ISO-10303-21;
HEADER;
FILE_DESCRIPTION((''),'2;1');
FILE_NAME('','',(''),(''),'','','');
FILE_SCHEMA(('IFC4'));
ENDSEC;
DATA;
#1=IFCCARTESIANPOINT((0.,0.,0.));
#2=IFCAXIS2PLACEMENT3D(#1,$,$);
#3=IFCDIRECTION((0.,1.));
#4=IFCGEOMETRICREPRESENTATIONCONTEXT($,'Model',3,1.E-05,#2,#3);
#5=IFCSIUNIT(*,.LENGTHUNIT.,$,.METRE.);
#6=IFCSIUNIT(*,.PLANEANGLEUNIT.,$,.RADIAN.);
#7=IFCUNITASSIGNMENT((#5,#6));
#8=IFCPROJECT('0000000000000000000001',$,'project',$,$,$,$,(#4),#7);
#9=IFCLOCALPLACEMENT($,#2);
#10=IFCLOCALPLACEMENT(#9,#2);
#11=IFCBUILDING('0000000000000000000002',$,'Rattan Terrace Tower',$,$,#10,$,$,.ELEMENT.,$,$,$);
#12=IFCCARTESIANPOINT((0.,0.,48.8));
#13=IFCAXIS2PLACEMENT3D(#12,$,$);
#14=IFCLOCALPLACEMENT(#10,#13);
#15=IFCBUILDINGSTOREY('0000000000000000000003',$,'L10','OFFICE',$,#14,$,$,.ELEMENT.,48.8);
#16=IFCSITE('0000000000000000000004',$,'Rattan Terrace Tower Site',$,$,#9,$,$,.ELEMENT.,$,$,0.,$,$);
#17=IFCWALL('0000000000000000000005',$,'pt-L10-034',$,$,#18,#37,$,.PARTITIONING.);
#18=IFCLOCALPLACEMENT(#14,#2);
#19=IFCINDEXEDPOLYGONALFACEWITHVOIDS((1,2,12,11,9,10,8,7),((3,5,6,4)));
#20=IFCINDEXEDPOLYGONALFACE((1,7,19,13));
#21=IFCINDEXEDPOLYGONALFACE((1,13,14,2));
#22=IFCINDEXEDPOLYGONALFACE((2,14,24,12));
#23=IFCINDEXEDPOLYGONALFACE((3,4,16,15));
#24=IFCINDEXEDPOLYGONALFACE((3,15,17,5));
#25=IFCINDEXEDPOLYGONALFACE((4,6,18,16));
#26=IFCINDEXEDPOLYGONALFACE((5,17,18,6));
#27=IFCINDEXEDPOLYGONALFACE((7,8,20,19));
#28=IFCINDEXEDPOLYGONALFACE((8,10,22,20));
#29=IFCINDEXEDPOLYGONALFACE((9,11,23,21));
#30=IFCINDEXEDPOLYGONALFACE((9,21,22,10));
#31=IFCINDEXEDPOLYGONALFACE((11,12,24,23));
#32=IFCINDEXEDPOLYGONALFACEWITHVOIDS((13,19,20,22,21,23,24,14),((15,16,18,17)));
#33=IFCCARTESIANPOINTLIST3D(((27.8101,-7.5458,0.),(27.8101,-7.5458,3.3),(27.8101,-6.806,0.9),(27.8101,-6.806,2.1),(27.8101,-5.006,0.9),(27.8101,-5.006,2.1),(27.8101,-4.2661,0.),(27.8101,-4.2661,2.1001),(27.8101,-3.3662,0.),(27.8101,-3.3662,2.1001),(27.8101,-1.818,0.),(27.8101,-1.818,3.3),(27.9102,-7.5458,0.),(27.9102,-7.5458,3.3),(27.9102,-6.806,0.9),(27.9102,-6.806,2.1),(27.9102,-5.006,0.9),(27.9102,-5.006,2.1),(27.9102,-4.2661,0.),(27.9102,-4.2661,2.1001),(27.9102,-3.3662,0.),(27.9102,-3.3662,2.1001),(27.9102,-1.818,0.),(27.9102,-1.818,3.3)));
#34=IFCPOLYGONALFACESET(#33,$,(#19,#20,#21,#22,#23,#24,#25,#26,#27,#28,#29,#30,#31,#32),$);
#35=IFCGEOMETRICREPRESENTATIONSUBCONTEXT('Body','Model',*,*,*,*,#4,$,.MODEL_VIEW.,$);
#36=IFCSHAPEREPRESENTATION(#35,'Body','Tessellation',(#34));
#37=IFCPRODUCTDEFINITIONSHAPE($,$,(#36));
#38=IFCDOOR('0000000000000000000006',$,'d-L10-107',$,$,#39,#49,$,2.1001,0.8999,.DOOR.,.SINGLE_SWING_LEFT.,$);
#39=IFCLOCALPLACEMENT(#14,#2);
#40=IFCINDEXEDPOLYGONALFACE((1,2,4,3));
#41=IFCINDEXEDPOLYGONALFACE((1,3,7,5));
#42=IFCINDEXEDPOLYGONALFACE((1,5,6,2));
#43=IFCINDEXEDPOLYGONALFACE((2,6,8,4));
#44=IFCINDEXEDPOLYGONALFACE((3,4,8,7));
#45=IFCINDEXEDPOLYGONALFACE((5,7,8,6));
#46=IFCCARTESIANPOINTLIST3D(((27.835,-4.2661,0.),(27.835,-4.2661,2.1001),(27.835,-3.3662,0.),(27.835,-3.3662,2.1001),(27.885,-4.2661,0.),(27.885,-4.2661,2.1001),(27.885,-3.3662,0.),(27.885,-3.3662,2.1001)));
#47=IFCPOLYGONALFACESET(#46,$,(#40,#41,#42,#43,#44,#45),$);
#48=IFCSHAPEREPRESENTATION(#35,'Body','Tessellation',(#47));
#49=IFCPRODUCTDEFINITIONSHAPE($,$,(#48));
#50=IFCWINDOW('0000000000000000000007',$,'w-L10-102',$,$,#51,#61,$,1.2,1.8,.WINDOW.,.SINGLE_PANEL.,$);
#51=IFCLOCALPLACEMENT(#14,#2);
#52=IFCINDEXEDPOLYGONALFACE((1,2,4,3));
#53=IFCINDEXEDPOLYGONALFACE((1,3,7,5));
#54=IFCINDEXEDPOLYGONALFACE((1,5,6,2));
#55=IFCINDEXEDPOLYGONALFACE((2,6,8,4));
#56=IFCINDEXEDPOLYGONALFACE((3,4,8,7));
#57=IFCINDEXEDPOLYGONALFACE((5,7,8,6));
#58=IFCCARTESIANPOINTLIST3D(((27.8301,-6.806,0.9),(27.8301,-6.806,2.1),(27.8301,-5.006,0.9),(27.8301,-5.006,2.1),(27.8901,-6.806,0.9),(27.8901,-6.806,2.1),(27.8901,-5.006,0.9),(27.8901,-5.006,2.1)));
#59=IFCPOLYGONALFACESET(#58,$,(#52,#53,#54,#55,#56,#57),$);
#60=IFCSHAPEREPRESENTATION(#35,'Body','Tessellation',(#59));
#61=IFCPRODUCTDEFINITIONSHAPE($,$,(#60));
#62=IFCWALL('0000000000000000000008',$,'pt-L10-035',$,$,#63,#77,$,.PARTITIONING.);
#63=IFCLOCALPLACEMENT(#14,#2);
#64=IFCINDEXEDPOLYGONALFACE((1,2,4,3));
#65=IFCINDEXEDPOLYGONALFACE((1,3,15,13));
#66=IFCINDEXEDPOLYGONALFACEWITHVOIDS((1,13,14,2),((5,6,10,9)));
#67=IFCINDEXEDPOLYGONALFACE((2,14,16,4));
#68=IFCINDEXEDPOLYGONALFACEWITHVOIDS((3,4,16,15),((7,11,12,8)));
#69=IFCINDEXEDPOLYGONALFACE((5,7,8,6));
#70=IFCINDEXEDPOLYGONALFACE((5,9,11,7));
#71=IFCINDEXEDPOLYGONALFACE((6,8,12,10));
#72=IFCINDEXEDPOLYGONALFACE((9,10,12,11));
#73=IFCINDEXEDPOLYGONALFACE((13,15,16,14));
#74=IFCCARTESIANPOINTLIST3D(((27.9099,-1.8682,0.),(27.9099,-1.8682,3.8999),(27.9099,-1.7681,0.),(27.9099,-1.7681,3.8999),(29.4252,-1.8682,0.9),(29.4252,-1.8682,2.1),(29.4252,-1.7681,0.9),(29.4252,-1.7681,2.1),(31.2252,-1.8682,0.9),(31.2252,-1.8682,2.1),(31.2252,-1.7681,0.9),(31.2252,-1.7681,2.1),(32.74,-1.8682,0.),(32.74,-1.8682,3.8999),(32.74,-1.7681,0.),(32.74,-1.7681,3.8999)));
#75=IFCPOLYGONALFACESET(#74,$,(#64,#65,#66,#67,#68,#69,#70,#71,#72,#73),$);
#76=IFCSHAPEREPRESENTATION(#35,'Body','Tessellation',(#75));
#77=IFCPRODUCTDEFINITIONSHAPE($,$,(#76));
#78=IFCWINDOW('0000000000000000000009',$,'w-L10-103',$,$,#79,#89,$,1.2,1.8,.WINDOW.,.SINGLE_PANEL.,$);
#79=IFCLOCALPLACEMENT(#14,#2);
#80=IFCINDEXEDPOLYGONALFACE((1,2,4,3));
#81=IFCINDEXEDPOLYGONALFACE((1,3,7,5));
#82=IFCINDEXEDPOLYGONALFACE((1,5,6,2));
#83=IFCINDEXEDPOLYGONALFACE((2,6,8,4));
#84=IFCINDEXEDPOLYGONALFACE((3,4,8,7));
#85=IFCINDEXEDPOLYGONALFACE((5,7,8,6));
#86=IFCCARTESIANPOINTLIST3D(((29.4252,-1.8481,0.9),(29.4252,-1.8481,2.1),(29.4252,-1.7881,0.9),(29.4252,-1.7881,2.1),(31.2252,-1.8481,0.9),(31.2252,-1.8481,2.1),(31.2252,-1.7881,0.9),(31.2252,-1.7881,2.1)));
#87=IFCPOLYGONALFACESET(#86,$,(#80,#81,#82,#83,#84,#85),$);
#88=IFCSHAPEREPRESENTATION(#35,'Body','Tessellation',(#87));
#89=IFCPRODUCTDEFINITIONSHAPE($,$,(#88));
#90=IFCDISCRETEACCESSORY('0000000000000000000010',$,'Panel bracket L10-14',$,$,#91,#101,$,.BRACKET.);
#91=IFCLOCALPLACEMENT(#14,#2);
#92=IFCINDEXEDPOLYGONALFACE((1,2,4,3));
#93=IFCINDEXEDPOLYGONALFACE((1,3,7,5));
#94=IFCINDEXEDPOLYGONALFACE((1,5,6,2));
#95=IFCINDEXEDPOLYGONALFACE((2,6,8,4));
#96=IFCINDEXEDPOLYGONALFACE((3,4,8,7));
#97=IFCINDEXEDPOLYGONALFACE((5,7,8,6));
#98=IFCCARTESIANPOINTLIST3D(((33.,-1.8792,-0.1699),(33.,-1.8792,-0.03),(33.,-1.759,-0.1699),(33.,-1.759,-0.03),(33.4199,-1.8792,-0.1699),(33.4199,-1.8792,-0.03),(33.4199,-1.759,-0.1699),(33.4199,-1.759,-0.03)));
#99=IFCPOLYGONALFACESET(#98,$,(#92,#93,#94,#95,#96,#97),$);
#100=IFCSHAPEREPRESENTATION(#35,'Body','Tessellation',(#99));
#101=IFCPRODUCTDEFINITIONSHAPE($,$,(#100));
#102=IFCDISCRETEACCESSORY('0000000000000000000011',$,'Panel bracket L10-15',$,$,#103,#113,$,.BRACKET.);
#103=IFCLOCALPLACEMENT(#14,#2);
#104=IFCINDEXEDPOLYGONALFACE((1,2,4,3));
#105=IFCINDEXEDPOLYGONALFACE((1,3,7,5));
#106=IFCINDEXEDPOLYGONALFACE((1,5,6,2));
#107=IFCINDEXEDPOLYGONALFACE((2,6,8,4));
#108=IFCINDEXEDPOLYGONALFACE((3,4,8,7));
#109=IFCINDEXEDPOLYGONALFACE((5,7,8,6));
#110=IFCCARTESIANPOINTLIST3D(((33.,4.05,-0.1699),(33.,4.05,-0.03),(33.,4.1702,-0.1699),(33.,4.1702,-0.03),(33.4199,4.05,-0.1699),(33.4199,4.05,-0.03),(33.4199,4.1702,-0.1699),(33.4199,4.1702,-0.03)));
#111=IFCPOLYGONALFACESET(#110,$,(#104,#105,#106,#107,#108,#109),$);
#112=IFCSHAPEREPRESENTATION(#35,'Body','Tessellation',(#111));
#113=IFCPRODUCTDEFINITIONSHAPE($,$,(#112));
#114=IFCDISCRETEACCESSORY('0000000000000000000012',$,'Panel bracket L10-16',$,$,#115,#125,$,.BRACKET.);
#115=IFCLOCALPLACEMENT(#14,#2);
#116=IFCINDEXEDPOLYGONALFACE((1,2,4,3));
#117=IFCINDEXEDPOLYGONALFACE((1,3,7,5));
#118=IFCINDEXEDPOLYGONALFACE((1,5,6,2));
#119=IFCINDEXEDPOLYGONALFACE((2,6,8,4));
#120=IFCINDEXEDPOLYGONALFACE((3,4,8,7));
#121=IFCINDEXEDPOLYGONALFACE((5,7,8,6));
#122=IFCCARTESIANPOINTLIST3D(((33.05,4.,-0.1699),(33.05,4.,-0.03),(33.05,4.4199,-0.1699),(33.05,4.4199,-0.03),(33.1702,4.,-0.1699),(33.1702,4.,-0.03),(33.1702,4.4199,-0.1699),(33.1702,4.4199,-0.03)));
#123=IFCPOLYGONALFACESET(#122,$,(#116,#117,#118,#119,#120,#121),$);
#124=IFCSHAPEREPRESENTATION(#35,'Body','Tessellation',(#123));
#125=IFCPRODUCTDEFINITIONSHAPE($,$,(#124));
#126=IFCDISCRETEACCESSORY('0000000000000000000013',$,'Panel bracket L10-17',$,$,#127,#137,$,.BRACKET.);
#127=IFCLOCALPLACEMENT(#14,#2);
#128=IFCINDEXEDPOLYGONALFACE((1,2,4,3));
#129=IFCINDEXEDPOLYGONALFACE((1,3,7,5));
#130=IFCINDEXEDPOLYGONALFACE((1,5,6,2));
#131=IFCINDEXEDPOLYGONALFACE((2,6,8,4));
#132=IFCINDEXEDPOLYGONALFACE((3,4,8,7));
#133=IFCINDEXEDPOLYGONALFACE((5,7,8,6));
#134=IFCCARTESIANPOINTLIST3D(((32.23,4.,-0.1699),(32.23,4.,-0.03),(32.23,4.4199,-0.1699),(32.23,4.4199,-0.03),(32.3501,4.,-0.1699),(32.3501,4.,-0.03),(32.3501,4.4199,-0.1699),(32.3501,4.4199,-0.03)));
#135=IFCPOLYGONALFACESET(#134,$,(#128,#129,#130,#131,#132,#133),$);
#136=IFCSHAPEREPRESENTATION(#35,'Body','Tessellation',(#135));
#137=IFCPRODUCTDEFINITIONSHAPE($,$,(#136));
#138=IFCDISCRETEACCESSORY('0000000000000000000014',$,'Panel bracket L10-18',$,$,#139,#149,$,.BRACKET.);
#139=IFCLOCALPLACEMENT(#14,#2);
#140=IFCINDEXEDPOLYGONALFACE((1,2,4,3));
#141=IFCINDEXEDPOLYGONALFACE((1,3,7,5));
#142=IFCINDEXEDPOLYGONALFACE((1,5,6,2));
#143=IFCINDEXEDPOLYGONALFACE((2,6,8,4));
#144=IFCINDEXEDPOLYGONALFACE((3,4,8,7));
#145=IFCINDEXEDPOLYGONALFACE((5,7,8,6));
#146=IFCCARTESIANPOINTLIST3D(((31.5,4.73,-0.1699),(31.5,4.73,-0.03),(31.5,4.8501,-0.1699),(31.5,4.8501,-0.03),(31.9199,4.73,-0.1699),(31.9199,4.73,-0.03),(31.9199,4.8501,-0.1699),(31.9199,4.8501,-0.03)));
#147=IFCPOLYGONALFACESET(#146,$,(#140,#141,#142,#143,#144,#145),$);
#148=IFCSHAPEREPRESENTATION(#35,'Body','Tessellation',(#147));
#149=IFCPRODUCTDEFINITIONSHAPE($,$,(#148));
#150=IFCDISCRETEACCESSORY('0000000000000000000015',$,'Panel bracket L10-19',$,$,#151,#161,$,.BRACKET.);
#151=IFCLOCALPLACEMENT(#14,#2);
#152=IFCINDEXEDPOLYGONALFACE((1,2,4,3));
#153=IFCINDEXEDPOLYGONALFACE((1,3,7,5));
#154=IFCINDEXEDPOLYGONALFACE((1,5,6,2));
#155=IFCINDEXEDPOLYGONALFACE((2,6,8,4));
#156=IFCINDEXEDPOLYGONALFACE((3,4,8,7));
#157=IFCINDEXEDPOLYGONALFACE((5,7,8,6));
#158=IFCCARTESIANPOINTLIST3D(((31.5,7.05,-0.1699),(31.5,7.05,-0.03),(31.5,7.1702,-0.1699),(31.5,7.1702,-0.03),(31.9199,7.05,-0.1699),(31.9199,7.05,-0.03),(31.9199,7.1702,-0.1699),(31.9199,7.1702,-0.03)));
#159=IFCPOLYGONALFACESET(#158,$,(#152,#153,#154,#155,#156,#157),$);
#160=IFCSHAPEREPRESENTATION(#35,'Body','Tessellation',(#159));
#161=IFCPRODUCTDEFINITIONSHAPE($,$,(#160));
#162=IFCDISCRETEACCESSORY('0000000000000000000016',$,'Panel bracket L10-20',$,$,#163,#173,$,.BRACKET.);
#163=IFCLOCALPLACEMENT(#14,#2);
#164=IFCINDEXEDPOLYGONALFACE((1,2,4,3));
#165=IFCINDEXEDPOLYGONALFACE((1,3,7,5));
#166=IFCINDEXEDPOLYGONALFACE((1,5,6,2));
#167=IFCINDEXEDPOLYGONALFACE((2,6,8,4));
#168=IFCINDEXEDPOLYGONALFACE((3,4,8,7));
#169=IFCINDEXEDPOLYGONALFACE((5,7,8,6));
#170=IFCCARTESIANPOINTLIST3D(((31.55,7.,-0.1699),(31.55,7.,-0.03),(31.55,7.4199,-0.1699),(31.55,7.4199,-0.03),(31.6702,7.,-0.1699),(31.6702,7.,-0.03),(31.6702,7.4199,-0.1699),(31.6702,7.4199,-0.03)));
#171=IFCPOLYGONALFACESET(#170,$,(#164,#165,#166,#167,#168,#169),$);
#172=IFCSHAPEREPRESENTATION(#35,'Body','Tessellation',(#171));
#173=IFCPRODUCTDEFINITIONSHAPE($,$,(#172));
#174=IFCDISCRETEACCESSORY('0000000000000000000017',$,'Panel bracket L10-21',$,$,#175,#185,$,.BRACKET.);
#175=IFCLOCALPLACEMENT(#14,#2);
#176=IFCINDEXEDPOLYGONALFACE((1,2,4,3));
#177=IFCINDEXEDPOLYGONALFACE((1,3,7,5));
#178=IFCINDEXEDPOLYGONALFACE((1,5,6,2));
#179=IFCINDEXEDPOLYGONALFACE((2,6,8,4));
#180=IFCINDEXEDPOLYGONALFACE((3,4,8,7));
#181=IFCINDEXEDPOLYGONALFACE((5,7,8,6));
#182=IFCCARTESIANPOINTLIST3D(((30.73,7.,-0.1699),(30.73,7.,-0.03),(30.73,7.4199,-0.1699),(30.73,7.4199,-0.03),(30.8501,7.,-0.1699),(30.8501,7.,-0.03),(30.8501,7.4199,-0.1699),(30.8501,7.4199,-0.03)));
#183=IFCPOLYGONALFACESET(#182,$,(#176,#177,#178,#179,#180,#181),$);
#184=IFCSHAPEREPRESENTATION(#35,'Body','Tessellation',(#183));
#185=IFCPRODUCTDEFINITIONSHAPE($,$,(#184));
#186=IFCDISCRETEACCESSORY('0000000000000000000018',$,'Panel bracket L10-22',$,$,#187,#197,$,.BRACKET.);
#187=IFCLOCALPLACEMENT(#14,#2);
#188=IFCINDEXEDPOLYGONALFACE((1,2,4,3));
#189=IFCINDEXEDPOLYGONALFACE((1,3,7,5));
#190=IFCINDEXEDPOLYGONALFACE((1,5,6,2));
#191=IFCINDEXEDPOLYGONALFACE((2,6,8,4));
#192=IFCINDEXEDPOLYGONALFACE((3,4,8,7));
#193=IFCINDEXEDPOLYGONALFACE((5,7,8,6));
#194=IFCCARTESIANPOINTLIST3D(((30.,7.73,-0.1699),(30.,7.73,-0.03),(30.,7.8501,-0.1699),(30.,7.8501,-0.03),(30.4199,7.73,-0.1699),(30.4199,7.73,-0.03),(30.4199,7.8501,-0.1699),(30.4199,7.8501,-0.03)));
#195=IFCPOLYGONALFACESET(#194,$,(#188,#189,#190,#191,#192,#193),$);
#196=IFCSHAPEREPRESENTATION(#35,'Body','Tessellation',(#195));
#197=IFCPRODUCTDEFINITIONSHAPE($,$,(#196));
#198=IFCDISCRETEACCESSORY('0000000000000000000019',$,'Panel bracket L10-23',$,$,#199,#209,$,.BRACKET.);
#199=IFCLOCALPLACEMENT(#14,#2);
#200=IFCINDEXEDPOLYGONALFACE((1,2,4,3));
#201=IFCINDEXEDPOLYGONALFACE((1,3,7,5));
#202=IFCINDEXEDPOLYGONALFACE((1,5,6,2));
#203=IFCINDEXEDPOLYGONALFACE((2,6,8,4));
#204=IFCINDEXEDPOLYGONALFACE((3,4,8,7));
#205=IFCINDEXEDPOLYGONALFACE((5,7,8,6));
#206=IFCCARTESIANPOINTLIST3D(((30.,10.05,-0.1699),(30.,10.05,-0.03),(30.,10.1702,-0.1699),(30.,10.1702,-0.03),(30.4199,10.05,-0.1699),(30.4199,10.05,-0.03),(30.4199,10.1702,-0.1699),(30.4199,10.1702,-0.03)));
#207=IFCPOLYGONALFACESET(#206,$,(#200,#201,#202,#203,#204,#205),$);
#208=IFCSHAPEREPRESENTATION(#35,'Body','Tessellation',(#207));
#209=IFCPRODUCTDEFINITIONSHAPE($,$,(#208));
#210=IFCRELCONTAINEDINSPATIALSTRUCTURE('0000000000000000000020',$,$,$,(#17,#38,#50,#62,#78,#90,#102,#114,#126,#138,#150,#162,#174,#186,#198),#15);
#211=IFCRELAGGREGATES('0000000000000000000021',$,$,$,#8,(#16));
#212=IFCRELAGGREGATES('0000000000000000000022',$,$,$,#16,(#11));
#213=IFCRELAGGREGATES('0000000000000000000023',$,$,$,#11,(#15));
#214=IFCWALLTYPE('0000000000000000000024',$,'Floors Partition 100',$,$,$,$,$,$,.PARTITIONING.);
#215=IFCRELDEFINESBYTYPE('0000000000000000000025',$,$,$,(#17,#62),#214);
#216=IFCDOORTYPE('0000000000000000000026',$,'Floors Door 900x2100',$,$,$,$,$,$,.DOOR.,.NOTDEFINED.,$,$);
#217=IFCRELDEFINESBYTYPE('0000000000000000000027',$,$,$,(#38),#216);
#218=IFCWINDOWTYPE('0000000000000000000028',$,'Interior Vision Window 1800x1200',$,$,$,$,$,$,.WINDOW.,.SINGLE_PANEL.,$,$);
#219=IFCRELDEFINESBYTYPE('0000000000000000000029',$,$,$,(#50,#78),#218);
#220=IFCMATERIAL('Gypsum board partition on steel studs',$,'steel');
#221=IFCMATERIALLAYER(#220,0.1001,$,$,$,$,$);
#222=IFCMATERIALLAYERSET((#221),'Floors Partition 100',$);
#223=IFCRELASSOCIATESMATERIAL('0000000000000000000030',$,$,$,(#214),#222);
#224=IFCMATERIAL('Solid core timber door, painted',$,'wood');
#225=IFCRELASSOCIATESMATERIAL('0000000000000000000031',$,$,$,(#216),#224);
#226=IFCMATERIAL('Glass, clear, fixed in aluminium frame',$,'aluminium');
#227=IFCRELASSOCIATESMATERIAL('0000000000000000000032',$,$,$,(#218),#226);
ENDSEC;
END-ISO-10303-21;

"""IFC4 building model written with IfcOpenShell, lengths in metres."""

from ifc_helpers import new_model, si_unit, direction, frame, frame_2d, origin, origin_2d, place, context, subcontext, project, spatial, rectangle, extrude, material, layer, layer_set, type_object, element, fill, save


model = new_model("IFC4")

# Units and contexts
model_context = context("Model", 3, precision=1e-05, world=origin(), true_north=direction((0.0, 1.0)))
body_context = subcontext(model_context, "Body", "Model", "MODEL_VIEW")
ifc_project = project(units=[si_unit("LENGTHUNIT", "METRE"), si_unit("PLANEANGLEUNIT", "RADIAN")], contexts=[model_context])

# Site, building, storey
site_placement = place(None, origin())
site = spatial("IfcSite", under=ifc_project, at=site_placement, Name="Rattan Terrace Tower Site", CompositionType="ELEMENT", RefElevation=0.0)
building_placement = place(site_placement, origin())
building = spatial("IfcBuilding", under=site, at=building_placement, Name="Rattan Terrace Tower", CompositionType="ELEMENT")
storey_placement = place(building_placement, frame((0.0, 0.0, 48.8)))
storey = spatial("IfcBuildingStorey", under=building, at=storey_placement, Name="L10", Description="OFFICE", CompositionType="ELEMENT", Elevation=48.8)

# Wall, openings, door, window
ifc_material_1 = material(Name="Gypsum board partition on steel studs", Category="steel")
ifc_layer_1 = layer(ifc_material_1, 0.1001)
ifc_layer_set_1 = layer_set([ifc_layer_1], Name="Floors Partition 100")
wall_type_1 = type_object("IfcWallType", Name="Floors Partition 100", PredefinedType="PARTITIONING", material=ifc_layer_set_1)
wall_1_placement = place(storey_placement, frame((27.8601, -1.8181, 0.0), z_axis=(0.0, 0.0, 1.0), x_axis=(0.0, -1.0, 0.0)))
wall_1 = element("IfcWall", 1, at=wall_1_placement, inside=storey, type_object=wall_type_1, Name="pt-L10-034", PredefinedType="PARTITIONING", context=body_context, shape_type="SweptSolid", body=[
    extrude(rectangle(XDim=5.7278, YDim=0.1001, at=frame_2d((2.8638, 0.0))), origin(), (0.0, 0.0, 1.0), 3.3),
])
opening_1_placement = place(wall_1_placement, frame((1.5481, 0.0, 0.0)))
opening_1 = element("IfcOpeningElement", 2, at=opening_1_placement, cuts=wall_1, PredefinedType="OPENING", context=body_context, shape_type="SweptSolid", body=[
    extrude(rectangle(XDim=0.8999, YDim=2.1001, at=frame_2d((0.45, 1.05))), frame((0.0, 0.0605, 0.0), z_axis=(0.0, -1.0, 0.0), x_axis=(1.0, 0.0, 0.0)), (0.0, 0.0, 1.0), 0.1211),
])
opening_2_placement = place(wall_1_placement, frame((3.188, 0.0, 0.8999)))
opening_2 = element("IfcOpeningElement", 3, at=opening_2_placement, cuts=wall_1, PredefinedType="OPENING", context=body_context, shape_type="SweptSolid", body=[
    extrude(rectangle(XDim=1.8, YDim=1.2, at=frame_2d((0.8999, 0.6001))), frame((0.0, 0.0605, 0.0), z_axis=(0.0, -1.0, 0.0), x_axis=(1.0, 0.0, 0.0)), (0.0, 0.0, 1.0), 0.1211),
])
ifc_material_2 = material(Name="Solid core timber door, painted", Category="wood")
door_type = type_object("IfcDoorType", Name="Floors Door 900x2100", OperationType="NOTDEFINED", PredefinedType="DOOR", material=ifc_material_2)
door_placement = place(opening_1_placement, origin())
door = element("IfcDoor", 4, at=door_placement, inside=storey, type_object=door_type, Name="d-L10-107", OperationType="SINGLE_SWING_LEFT", OverallHeight=2.1001, OverallWidth=0.8999, PredefinedType="DOOR", context=body_context, shape_type="SweptSolid", body=[
    extrude(rectangle(XDim=0.8999, YDim=2.1001, at=frame_2d((0.45, 1.05))), frame((0.0, 0.0249, 0.0), z_axis=(0.0, -1.0, 0.0), x_axis=(1.0, 0.0, 0.0)), (0.0, 0.0, 1.0), 0.05),
])
fill(opening_1, door)
ifc_material_3 = material(Name="Glass, clear, fixed in aluminium frame", Category="aluminium")
window_type = type_object("IfcWindowType", Name="Interior Vision Window 1800x1200", PartitioningType="SINGLE_PANEL", PredefinedType="WINDOW", material=ifc_material_3)
window_1_placement = place(opening_2_placement, origin())
window_1 = element("IfcWindow", 5, at=window_1_placement, inside=storey, type_object=window_type, Name="w-L10-102", OverallHeight=1.2, OverallWidth=1.8, PartitioningType="SINGLE_PANEL", PredefinedType="WINDOW", context=body_context, shape_type="SweptSolid", body=[
    extrude(rectangle(XDim=1.8, YDim=1.2, at=frame_2d((0.8999, 0.6001))), frame((0.0, 0.03, 0.0), z_axis=(0.0, -1.0, 0.0), x_axis=(1.0, 0.0, 0.0)), (0.0, 0.0, 1.0), 0.0601),
])
fill(opening_2, window_1)

# Wall, opening, window
wall_2_placement = place(storey_placement, frame((32.74, -1.8181, 0.0), z_axis=(0.0, 0.0, 1.0), x_axis=(-1.0, 0.0, 0.0)))
wall_2 = element("IfcWall", 6, at=wall_2_placement, inside=storey, type_object=wall_type_1, Name="pt-L10-035", PredefinedType="PARTITIONING", context=body_context, shape_type="SweptSolid", body=[
    extrude(rectangle(XDim=4.8301, YDim=0.1001, at=frame_2d((2.415, 0.0))), origin(), (0.0, 0.0, 1.0), 3.8999),
])
opening_3_placement = place(wall_2_placement, frame((1.5149, 0.0, 0.8999)))
opening_3 = element("IfcOpeningElement", 7, at=opening_3_placement, cuts=wall_2, PredefinedType="OPENING", context=body_context, shape_type="SweptSolid", body=[
    extrude(rectangle(XDim=1.8, YDim=1.2, at=frame_2d((0.8999, 0.6001))), frame((0.0, 0.0605, 0.0), z_axis=(0.0, -1.0, 0.0), x_axis=(1.0, 0.0, 0.0)), (0.0, 0.0, 1.0), 0.1211),
])
window_2_placement = place(opening_3_placement, origin())
window_2 = element("IfcWindow", 8, at=window_2_placement, inside=storey, type_object=window_type, Name="w-L10-103", OverallHeight=1.2, OverallWidth=1.8, PartitioningType="SINGLE_PANEL", PredefinedType="WINDOW", context=body_context, shape_type="SweptSolid", body=[
    extrude(rectangle(XDim=1.8, YDim=1.2, at=frame_2d((0.8999, 0.6001))), frame((0.0, 0.03, 0.0), z_axis=(0.0, -1.0, 0.0), x_axis=(1.0, 0.0, 0.0)), (0.0, 0.0, 1.0), 0.0601),
])
fill(opening_3, window_2)

# Discrete accessories
for number, where, z_axis, x_axis, name in (
    (9, (33.21, -1.8191, -0.1699), (0.0, 0.0, 1.0), (0.0, 1.0, 0.0), "Panel bracket L10-14"),
    (10, (33.21, 4.1101, -0.1699), (0.0, 0.0, 1.0), (0.0, 1.0, 0.0), "Panel bracket L10-15"),
    (11, (33.1101, 4.21, -0.1699), (0.0, 0.0, 1.0), (-1.0, 0.0, 0.0), "Panel bracket L10-16"),
    (12, (32.29, 4.21, -0.1699), (0.0, 0.0, 1.0), (-1.0, 0.0, 0.0), "Panel bracket L10-17"),
    (13, (31.71, 4.79, -0.1699), (0.0, 0.0, 1.0), (0.0, 1.0, 0.0), "Panel bracket L10-18"),
    (14, (31.71, 7.1101, -0.1699), (0.0, 0.0, 1.0), (0.0, 1.0, 0.0), "Panel bracket L10-19"),
    (15, (31.6101, 7.21, -0.1699), (0.0, 0.0, 1.0), (-1.0, 0.0, 0.0), "Panel bracket L10-20"),
    (16, (30.79, 7.21, -0.1699), (0.0, 0.0, 1.0), (-1.0, 0.0, 0.0), "Panel bracket L10-21"),
    (17, (30.21, 7.79, -0.1699), (0.0, 0.0, 1.0), (0.0, 1.0, 0.0), "Panel bracket L10-22"),
    (18, (30.21, 10.1101, -0.1699), (0.0, 0.0, 1.0), (0.0, 1.0, 0.0), "Panel bracket L10-23"),
):
    element("IfcDiscreteAccessory", number, at=place(storey_placement, frame(where, z_axis=z_axis, x_axis=x_axis)), inside=storey, Name=name, PredefinedType="BRACKET", context=body_context, shape_type="SweptSolid", body=[
        extrude(rectangle(XDim=0.1201, YDim=0.4199, at=origin_2d()), origin(), (0.0, 0.0, 1.0), 0.1399),
    ])

save(model, "model.ifc")
